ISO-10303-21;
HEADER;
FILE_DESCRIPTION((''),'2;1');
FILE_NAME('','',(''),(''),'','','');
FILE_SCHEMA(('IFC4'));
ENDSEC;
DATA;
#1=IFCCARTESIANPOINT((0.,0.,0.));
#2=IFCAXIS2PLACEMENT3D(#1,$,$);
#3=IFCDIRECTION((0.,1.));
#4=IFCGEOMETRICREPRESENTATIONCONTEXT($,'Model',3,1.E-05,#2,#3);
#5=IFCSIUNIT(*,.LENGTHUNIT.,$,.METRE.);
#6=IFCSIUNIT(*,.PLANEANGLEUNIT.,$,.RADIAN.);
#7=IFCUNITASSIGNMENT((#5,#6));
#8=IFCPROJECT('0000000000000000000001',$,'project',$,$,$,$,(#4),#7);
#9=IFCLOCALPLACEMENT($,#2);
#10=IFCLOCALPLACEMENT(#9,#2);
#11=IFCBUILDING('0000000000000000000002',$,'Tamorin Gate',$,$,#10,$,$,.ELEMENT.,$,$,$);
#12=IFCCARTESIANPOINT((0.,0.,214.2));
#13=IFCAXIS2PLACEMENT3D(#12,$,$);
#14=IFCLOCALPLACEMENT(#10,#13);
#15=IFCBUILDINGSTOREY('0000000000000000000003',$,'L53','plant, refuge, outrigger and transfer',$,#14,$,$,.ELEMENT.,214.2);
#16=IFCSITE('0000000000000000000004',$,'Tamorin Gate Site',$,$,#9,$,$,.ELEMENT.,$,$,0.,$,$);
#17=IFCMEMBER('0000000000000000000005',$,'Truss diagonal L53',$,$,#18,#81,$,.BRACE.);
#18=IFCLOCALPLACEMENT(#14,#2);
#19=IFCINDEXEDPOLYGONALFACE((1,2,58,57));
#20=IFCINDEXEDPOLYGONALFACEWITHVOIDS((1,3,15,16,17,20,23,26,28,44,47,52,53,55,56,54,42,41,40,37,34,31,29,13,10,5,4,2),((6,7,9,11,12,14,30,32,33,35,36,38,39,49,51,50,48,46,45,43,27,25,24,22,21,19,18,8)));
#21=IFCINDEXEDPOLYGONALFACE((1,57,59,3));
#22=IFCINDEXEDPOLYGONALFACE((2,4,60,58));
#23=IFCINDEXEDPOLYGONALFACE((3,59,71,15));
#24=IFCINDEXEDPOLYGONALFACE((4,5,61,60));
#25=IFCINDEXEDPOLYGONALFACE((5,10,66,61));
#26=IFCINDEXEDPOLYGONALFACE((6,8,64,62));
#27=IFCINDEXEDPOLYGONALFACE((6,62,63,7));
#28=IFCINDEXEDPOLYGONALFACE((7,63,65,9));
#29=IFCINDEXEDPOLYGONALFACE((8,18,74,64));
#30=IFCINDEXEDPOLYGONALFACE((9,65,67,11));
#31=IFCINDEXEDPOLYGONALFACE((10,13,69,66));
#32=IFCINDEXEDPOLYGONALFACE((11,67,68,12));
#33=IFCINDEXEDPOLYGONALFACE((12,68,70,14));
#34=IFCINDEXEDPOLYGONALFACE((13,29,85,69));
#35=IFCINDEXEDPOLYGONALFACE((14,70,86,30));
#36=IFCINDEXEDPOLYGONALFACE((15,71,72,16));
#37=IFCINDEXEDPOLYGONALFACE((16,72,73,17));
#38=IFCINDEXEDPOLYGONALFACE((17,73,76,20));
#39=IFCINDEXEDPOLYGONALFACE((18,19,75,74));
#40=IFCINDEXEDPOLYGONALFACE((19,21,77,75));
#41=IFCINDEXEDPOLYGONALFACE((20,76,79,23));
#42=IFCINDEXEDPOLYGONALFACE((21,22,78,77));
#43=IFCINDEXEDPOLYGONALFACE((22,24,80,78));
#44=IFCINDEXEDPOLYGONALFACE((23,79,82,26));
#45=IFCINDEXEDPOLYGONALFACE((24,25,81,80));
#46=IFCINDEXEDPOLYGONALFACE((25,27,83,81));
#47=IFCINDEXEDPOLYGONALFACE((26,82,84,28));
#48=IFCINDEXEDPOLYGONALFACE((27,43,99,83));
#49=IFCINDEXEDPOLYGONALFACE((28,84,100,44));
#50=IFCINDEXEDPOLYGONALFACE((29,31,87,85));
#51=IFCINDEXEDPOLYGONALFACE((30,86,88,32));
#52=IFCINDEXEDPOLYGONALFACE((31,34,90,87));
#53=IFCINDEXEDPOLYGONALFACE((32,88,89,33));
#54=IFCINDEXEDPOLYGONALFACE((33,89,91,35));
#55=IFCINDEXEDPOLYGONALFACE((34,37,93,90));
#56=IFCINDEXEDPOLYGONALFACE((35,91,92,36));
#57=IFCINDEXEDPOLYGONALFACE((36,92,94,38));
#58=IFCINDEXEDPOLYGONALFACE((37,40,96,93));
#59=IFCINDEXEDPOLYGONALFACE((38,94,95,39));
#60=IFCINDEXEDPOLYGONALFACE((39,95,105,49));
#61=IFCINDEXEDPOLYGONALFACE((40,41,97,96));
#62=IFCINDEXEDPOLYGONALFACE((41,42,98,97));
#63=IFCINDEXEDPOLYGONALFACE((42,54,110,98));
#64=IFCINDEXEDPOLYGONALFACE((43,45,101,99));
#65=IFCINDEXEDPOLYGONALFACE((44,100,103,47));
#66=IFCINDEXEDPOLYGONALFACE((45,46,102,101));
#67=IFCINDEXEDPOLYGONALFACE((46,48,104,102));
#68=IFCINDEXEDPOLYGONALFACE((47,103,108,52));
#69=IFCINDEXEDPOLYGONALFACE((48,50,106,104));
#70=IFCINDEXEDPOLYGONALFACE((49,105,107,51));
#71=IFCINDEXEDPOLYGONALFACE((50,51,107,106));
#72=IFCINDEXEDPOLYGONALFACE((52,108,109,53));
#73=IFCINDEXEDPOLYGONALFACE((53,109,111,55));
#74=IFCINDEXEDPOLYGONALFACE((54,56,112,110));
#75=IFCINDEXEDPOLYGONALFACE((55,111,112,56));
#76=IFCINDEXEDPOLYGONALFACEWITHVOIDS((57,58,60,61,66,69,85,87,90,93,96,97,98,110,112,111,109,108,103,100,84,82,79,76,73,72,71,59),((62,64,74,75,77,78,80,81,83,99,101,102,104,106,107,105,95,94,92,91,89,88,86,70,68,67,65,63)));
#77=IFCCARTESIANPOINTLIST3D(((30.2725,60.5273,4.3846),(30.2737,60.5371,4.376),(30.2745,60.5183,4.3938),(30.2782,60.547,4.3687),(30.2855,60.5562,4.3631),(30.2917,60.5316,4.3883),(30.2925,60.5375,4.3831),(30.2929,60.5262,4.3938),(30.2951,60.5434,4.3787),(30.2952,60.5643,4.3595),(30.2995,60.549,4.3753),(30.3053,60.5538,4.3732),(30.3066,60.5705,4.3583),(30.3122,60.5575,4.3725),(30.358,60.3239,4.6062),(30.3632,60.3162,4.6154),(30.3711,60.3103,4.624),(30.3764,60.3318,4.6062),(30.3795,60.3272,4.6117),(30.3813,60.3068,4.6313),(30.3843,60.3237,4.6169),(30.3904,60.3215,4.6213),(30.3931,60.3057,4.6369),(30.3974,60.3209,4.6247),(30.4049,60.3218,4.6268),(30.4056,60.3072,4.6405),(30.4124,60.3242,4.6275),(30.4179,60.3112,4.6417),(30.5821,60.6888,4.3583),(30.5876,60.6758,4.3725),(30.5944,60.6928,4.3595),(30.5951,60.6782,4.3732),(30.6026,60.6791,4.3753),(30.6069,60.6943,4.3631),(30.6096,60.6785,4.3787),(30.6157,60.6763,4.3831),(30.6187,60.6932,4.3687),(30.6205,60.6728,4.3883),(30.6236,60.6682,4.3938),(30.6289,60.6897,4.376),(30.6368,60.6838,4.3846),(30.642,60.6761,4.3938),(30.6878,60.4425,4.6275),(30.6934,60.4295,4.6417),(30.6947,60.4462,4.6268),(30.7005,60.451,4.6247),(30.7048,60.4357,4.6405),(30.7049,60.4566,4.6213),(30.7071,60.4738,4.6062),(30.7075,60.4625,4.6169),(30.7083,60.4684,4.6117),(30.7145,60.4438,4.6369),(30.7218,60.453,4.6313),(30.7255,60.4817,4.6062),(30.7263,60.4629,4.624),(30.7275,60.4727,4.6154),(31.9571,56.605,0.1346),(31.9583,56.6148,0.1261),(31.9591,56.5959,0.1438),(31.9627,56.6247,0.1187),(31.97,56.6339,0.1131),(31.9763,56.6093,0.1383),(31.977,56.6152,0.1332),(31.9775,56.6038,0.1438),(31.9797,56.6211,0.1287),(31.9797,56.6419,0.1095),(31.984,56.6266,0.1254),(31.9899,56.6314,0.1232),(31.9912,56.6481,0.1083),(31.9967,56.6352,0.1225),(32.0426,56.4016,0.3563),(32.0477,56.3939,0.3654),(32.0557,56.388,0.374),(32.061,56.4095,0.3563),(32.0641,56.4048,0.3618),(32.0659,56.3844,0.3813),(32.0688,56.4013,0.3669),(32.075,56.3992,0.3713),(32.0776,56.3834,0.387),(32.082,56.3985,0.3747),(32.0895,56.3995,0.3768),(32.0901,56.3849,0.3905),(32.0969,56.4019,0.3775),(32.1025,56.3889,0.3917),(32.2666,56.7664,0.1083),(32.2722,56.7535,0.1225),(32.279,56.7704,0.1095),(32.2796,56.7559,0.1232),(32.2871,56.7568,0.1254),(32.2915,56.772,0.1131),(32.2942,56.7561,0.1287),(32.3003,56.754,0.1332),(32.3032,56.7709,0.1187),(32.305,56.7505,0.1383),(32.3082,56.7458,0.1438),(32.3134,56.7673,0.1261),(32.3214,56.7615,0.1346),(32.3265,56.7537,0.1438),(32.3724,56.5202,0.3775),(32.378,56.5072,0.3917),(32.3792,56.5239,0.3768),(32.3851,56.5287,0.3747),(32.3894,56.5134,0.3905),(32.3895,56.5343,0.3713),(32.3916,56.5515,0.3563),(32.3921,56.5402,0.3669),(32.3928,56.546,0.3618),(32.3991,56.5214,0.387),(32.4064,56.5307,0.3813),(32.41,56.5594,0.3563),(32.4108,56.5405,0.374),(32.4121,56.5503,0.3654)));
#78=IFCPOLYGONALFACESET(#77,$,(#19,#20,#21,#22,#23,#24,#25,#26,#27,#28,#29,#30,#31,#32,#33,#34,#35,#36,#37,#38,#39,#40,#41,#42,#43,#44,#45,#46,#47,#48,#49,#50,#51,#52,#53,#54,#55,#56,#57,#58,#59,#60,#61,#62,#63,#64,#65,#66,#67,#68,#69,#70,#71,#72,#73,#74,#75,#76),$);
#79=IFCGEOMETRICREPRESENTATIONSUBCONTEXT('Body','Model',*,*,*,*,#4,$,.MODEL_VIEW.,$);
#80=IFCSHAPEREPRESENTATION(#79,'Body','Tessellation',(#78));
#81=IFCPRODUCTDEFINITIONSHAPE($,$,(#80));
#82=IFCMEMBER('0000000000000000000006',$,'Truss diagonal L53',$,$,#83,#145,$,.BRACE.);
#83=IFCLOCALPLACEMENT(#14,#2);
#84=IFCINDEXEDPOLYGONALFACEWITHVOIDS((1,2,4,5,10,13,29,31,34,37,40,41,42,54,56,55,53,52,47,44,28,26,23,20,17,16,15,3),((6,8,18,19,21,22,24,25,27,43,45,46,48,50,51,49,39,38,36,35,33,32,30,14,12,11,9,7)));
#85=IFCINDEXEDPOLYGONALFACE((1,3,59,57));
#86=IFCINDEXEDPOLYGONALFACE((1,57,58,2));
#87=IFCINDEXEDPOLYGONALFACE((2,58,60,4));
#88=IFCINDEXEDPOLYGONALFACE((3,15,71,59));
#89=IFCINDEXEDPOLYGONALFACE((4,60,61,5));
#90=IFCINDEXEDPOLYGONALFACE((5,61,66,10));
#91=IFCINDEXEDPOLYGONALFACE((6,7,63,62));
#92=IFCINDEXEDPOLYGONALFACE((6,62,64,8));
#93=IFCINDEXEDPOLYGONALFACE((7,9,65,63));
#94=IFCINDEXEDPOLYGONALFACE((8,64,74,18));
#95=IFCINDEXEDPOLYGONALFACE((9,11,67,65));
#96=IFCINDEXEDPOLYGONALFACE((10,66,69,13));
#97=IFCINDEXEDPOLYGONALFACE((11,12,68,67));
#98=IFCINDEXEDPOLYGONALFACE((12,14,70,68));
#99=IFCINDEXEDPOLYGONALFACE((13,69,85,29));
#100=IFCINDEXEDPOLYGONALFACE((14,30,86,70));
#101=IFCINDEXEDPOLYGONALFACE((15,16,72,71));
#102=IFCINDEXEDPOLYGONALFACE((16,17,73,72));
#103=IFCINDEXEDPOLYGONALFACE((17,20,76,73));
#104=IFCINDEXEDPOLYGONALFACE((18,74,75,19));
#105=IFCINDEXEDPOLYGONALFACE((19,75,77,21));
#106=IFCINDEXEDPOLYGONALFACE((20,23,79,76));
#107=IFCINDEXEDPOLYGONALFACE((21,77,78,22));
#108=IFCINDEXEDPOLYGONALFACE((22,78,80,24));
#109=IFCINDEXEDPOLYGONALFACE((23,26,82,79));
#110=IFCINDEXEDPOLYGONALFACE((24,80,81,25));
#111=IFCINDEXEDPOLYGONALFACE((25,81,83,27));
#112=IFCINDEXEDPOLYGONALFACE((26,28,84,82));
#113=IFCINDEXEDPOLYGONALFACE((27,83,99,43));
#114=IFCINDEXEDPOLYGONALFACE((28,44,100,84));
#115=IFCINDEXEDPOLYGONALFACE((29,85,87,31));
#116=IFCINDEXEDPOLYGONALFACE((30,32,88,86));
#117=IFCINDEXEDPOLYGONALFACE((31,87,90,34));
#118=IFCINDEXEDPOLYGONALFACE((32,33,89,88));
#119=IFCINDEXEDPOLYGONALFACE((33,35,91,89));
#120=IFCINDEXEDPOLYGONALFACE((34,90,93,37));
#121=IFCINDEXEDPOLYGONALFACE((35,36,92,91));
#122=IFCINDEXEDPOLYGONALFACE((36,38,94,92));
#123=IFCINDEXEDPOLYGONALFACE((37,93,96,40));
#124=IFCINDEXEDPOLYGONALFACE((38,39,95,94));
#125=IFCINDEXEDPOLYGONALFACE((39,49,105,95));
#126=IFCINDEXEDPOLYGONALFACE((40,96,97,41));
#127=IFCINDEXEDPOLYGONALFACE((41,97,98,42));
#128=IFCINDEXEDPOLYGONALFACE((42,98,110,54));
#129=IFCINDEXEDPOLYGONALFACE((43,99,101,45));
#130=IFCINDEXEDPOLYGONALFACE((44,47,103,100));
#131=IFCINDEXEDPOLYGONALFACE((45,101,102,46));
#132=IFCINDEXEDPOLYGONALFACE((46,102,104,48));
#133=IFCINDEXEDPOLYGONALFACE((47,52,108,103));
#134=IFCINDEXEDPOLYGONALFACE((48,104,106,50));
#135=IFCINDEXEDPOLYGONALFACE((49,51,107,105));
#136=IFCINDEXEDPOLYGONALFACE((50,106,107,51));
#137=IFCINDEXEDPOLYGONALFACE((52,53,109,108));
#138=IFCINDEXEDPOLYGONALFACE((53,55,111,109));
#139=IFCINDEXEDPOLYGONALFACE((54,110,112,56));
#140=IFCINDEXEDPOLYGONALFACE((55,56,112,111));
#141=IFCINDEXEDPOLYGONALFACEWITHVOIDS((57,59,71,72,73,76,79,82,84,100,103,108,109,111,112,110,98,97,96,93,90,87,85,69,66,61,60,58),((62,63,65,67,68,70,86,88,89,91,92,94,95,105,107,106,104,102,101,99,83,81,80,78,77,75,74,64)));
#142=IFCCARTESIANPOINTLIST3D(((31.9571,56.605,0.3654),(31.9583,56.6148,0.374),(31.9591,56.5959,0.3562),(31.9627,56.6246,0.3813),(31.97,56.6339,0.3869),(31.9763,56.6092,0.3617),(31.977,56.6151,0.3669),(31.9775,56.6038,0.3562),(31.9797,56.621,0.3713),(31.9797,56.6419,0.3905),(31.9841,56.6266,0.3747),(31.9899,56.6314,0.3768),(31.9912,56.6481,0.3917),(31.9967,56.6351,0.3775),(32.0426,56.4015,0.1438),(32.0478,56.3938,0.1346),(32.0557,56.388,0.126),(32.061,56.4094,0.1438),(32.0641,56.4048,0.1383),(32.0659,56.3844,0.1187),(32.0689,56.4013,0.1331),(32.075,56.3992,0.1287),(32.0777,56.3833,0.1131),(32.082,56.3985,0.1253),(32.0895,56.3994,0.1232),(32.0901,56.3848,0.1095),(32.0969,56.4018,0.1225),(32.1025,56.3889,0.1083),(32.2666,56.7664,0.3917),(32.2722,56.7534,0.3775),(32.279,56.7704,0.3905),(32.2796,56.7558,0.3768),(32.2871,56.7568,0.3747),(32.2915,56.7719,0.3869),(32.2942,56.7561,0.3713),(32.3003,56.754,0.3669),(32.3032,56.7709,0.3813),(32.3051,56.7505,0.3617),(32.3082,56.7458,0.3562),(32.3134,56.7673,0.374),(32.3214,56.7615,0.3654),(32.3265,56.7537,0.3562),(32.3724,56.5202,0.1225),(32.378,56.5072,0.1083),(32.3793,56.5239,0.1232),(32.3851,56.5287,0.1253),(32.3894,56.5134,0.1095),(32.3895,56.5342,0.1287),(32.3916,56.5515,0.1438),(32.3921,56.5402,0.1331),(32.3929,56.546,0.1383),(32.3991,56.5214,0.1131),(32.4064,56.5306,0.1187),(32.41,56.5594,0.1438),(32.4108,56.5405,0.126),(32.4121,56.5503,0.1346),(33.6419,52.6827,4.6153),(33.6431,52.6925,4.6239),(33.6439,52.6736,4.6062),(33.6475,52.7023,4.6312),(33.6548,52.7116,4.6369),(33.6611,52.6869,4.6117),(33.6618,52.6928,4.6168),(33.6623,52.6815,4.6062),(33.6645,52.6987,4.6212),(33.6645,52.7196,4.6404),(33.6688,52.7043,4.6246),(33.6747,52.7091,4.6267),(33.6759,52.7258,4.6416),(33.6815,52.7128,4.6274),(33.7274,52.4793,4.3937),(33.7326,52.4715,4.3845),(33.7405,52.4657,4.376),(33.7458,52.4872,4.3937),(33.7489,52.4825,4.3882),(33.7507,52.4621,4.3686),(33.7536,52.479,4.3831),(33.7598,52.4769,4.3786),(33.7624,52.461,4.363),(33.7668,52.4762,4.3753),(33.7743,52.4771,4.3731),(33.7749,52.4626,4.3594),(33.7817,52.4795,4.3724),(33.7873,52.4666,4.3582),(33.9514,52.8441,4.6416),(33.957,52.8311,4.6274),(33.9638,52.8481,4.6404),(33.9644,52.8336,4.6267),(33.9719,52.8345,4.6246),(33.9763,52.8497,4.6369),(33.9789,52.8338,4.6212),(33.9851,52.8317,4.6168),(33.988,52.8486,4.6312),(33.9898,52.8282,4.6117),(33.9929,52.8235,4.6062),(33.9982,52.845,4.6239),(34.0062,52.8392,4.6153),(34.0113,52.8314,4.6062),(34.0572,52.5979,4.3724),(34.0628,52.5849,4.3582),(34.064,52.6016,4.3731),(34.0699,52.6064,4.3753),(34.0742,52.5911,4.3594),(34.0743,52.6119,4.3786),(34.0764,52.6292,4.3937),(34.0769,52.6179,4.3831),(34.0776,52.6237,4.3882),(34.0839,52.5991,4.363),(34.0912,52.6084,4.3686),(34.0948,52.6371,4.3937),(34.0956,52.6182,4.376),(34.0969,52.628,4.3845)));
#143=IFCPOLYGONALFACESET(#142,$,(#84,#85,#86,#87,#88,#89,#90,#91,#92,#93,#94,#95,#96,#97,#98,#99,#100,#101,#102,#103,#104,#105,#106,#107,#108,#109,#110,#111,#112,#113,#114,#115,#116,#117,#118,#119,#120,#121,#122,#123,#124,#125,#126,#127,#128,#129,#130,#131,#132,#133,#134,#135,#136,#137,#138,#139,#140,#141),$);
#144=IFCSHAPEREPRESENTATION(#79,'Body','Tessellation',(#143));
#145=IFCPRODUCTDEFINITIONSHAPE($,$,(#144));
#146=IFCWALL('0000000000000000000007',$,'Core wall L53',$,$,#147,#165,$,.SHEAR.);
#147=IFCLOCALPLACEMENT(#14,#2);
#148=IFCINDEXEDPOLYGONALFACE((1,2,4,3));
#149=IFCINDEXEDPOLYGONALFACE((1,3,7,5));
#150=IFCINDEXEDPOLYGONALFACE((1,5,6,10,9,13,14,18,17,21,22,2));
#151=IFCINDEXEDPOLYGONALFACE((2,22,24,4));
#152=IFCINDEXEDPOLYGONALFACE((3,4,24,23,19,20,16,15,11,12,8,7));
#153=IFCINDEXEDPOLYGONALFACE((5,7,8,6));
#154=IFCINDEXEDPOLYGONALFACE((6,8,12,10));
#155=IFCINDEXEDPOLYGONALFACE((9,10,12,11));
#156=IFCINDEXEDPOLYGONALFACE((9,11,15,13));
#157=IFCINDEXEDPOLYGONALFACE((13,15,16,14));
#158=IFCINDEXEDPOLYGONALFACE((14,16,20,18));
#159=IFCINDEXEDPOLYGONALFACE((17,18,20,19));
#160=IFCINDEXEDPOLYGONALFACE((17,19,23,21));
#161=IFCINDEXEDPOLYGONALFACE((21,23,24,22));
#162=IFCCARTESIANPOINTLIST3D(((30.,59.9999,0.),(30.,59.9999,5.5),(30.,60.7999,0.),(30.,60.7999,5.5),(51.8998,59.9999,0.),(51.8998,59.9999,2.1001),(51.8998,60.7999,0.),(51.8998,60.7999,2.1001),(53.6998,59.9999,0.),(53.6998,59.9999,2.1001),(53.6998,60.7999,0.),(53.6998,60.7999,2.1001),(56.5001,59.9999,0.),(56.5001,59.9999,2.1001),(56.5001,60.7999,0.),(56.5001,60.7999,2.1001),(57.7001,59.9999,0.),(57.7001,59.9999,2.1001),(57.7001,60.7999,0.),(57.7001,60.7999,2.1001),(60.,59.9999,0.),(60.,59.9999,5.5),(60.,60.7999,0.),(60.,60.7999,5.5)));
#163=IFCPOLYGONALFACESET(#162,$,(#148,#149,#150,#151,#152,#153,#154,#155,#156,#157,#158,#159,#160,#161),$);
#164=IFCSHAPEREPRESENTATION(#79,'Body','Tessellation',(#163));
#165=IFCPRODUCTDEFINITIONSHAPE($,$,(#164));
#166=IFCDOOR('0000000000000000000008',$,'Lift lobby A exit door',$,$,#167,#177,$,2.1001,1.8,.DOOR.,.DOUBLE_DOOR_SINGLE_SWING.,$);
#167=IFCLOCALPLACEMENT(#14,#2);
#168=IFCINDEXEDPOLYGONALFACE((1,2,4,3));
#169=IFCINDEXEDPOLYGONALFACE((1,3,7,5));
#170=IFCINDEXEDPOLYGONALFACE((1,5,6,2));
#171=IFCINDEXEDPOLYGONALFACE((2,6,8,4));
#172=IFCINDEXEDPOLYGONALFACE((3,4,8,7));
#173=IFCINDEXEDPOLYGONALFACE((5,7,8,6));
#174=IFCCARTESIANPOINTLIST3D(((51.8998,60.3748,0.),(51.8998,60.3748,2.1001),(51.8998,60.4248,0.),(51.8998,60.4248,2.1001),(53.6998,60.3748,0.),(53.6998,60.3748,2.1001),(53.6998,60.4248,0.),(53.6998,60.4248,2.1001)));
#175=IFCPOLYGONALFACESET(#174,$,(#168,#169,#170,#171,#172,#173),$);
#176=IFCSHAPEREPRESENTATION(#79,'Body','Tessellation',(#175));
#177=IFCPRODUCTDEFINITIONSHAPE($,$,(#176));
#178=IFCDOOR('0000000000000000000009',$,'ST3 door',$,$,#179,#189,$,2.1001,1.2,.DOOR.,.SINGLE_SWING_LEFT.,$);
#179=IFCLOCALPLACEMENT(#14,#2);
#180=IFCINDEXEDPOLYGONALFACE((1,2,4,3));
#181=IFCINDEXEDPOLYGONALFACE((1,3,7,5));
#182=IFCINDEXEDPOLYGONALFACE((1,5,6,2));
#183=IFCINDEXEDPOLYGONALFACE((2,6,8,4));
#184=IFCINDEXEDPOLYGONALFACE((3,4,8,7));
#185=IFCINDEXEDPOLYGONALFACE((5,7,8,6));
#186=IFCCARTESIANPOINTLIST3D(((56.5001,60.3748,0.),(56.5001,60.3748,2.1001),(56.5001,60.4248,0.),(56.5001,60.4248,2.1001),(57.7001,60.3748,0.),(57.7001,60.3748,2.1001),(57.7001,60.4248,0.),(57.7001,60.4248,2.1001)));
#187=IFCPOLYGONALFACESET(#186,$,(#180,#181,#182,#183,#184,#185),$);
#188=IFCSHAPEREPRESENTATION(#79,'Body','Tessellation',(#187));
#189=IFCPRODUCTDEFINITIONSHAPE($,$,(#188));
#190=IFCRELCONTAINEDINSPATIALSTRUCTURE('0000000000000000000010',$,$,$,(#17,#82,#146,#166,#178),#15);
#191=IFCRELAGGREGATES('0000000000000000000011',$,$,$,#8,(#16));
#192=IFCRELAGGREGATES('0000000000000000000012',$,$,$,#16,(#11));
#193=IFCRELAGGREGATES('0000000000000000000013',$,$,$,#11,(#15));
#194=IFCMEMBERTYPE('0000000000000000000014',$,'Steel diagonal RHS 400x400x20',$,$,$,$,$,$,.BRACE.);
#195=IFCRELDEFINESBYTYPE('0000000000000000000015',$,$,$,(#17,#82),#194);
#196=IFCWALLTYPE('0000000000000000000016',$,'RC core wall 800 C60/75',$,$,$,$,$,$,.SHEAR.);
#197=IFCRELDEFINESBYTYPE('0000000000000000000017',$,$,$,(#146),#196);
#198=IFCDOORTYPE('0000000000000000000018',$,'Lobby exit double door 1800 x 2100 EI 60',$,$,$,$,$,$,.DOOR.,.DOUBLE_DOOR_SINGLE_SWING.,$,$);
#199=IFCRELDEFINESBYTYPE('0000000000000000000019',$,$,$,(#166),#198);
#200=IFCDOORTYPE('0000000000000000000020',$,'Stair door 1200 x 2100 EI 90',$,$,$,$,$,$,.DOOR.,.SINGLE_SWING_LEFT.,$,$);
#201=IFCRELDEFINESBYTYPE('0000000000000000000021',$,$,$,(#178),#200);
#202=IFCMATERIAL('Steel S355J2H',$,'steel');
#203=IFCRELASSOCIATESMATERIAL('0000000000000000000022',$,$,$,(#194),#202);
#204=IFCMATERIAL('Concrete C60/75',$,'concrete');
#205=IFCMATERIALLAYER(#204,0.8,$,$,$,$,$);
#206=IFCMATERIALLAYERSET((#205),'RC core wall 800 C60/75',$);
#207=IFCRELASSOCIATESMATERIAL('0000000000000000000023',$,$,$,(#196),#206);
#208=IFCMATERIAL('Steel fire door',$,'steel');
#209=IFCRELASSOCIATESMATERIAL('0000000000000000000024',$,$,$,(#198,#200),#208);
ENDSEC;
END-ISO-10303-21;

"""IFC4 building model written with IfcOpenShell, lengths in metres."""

from ifc_helpers import new_model, si_unit, direction, frame, frame_2d, origin, origin_2d, place, context, subcontext, project, spatial, rectangle, hollow_rectangle, extrude, material, layer, layer_set, material_profile, profile_set, type_object, element, fill, save


model = new_model("IFC4")

# Units and contexts
model_context = context("Model", 3, precision=1e-05, world=origin(), true_north=direction((0.0, 1.0)))
body_context = subcontext(model_context, "Body", "Model", "MODEL_VIEW")
ifc_project = project(units=[si_unit("LENGTHUNIT", "METRE"), si_unit("PLANEANGLEUNIT", "RADIAN")], contexts=[model_context])

# Site, building, storey
site_placement = place(None, origin())
site = spatial("IfcSite", under=ifc_project, at=site_placement, Name="Tamorin Gate Site", CompositionType="ELEMENT", RefElevation=0.0)
building_placement = place(site_placement, origin())
building = spatial("IfcBuilding", under=site, at=building_placement, Name="Tamorin Gate", CompositionType="ELEMENT")
storey_placement = place(building_placement, frame((0.0, 0.0, 214.2)))
storey = spatial("IfcBuildingStorey", under=building, at=storey_placement, Name="L53", Description="plant, refuge, outrigger and transfer", CompositionType="ELEMENT", Elevation=214.2)

# Shared definitions
ifc_material_1 = material(Name="Concrete C60/75", Category="concrete")

# Members
ifc_material_2 = material(Name="Steel S355J2H", Category="steel")
ifc_material_profile_1 = material_profile(ifc_material_2, hollow_rectangle(XDim=0.3999, YDim=0.3999, WallThickness=0.02, InnerFilletRadius=0.03, OuterFilletRadius=0.05, at=origin_2d()), Name="RHS 400x400x20")
ifc_profile_set_1 = profile_set([ifc_material_profile_1], Name="Steel S355J2H")
member_type_1 = type_object("IfcMemberType", Name="Steel diagonal RHS 400x400x20", PredefinedType="BRACE", material=ifc_profile_set_1)
for number, where, z_axis, x_axis, name in (
    (1, (30.5, 60.5, 4.5), (0.279656, -0.651153, -0.705544), (0.918843, 0.394623, 0.0), "Truss diagonal L53"),
    (2, (32.1846, 56.5776, 0.25), (0.279693, -0.651146, 0.705536), (0.918822, 0.394672, 0.0), "Truss diagonal L53"),
):
    element("IfcMember", number, at=place(storey_placement, frame(where, z_axis=z_axis, x_axis=x_axis)), inside=storey, type_object=member_type_1, Name=name, PredefinedType="BRACE", context=body_context, shape_type="SweptSolid", body=[
        extrude(hollow_rectangle(XDim=0.3999, YDim=0.3999, WallThickness=0.02, InnerFilletRadius=0.03, OuterFilletRadius=0.05, at=origin_2d()), origin(), (0.0, 0.0, 1.0), 6.0237),
    ])

# Wall, openings, doors
ifc_layer_1 = layer(ifc_material_1, 0.8)
ifc_layer_set_1 = layer_set([ifc_layer_1], Name="RC core wall 800 C60/75")
wall_type_1 = type_object("IfcWallType", Name="RC core wall 800 C60/75", PredefinedType="SHEAR", material=ifc_layer_set_1)
wall_1_placement = place(storey_placement, frame((30.0, 60.3999, 0.0), z_axis=(0.0, 0.0, 1.0), x_axis=(1.0, 0.0, 0.0)))
wall_1 = element("IfcWall", 3, at=wall_1_placement, inside=storey, type_object=wall_type_1, Name="Core wall L53", PredefinedType="SHEAR", context=body_context, shape_type="SweptSolid", body=[
    extrude(rectangle(XDim=30.0, YDim=0.8, at=frame_2d((15.0, 0.0))), origin(), (0.0, 0.0, 1.0), 5.5),
])
opening_1_placement = place(wall_1_placement, frame((21.8999, 0.0, 0.0)))
opening_1 = element("IfcOpeningElement", 4, at=opening_1_placement, cuts=wall_1, PredefinedType="OPENING", context=body_context, shape_type="SweptSolid", body=[
    extrude(rectangle(XDim=1.8, YDim=2.1001, at=frame_2d((0.8999, 1.05))), frame((0.0, 0.4099, 0.0), z_axis=(0.0, -1.0, 0.0), x_axis=(1.0, 0.0, 0.0)), (0.0, 0.0, 1.0), 0.8201),
])
opening_2_placement = place(wall_1_placement, frame((26.5, 0.0, 0.0)))
opening_2 = element("IfcOpeningElement", 5, at=opening_2_placement, cuts=wall_1, PredefinedType="OPENING", context=body_context, shape_type="SweptSolid", body=[
    extrude(rectangle(XDim=1.2, YDim=2.1001, at=frame_2d((0.6001, 1.05))), frame((0.0, 0.4099, 0.0), z_axis=(0.0, -1.0, 0.0), x_axis=(1.0, 0.0, 0.0)), (0.0, 0.0, 1.0), 0.8201),
])
ifc_material_3 = material(Name="Steel fire door", Category="steel")
door_type_1 = type_object("IfcDoorType", Name="Lobby exit double door 1800 x 2100 EI 60", OperationType="DOUBLE_DOOR_SINGLE_SWING", PredefinedType="DOOR", material=ifc_material_3)
door_1_placement = place(opening_1_placement, origin())
door_1 = element("IfcDoor", 6, at=door_1_placement, inside=storey, type_object=door_type_1, Name="Lift lobby A exit door", OperationType="DOUBLE_DOOR_SINGLE_SWING", OverallHeight=2.1001, OverallWidth=1.8, PredefinedType="DOOR", context=body_context, shape_type="SweptSolid", body=[
    extrude(rectangle(XDim=1.8, YDim=2.1001, at=frame_2d((0.8999, 1.05))), frame((0.0, 0.0249, 0.0), z_axis=(0.0, -1.0, 0.0), x_axis=(1.0, 0.0, 0.0)), (0.0, 0.0, 1.0), 0.05),
])
fill(opening_1, door_1)
door_type_2 = type_object("IfcDoorType", Name="Stair door 1200 x 2100 EI 90", OperationType="SINGLE_SWING_LEFT", PredefinedType="DOOR", material=ifc_material_3)
door_2_placement = place(opening_2_placement, origin())
door_2 = element("IfcDoor", 7, at=door_2_placement, inside=storey, type_object=door_type_2, Name="ST3 door", OperationType="SINGLE_SWING_LEFT", OverallHeight=2.1001, OverallWidth=1.2, PredefinedType="DOOR", context=body_context, shape_type="SweptSolid", body=[
    extrude(rectangle(XDim=1.2, YDim=2.1001, at=frame_2d((0.6001, 1.05))), frame((0.0, 0.0249, 0.0), z_axis=(0.0, -1.0, 0.0), x_axis=(1.0, 0.0, 0.0)), (0.0, 0.0, 1.0), 0.05),
])
fill(opening_2, door_2)

save(model, "model.ifc")
